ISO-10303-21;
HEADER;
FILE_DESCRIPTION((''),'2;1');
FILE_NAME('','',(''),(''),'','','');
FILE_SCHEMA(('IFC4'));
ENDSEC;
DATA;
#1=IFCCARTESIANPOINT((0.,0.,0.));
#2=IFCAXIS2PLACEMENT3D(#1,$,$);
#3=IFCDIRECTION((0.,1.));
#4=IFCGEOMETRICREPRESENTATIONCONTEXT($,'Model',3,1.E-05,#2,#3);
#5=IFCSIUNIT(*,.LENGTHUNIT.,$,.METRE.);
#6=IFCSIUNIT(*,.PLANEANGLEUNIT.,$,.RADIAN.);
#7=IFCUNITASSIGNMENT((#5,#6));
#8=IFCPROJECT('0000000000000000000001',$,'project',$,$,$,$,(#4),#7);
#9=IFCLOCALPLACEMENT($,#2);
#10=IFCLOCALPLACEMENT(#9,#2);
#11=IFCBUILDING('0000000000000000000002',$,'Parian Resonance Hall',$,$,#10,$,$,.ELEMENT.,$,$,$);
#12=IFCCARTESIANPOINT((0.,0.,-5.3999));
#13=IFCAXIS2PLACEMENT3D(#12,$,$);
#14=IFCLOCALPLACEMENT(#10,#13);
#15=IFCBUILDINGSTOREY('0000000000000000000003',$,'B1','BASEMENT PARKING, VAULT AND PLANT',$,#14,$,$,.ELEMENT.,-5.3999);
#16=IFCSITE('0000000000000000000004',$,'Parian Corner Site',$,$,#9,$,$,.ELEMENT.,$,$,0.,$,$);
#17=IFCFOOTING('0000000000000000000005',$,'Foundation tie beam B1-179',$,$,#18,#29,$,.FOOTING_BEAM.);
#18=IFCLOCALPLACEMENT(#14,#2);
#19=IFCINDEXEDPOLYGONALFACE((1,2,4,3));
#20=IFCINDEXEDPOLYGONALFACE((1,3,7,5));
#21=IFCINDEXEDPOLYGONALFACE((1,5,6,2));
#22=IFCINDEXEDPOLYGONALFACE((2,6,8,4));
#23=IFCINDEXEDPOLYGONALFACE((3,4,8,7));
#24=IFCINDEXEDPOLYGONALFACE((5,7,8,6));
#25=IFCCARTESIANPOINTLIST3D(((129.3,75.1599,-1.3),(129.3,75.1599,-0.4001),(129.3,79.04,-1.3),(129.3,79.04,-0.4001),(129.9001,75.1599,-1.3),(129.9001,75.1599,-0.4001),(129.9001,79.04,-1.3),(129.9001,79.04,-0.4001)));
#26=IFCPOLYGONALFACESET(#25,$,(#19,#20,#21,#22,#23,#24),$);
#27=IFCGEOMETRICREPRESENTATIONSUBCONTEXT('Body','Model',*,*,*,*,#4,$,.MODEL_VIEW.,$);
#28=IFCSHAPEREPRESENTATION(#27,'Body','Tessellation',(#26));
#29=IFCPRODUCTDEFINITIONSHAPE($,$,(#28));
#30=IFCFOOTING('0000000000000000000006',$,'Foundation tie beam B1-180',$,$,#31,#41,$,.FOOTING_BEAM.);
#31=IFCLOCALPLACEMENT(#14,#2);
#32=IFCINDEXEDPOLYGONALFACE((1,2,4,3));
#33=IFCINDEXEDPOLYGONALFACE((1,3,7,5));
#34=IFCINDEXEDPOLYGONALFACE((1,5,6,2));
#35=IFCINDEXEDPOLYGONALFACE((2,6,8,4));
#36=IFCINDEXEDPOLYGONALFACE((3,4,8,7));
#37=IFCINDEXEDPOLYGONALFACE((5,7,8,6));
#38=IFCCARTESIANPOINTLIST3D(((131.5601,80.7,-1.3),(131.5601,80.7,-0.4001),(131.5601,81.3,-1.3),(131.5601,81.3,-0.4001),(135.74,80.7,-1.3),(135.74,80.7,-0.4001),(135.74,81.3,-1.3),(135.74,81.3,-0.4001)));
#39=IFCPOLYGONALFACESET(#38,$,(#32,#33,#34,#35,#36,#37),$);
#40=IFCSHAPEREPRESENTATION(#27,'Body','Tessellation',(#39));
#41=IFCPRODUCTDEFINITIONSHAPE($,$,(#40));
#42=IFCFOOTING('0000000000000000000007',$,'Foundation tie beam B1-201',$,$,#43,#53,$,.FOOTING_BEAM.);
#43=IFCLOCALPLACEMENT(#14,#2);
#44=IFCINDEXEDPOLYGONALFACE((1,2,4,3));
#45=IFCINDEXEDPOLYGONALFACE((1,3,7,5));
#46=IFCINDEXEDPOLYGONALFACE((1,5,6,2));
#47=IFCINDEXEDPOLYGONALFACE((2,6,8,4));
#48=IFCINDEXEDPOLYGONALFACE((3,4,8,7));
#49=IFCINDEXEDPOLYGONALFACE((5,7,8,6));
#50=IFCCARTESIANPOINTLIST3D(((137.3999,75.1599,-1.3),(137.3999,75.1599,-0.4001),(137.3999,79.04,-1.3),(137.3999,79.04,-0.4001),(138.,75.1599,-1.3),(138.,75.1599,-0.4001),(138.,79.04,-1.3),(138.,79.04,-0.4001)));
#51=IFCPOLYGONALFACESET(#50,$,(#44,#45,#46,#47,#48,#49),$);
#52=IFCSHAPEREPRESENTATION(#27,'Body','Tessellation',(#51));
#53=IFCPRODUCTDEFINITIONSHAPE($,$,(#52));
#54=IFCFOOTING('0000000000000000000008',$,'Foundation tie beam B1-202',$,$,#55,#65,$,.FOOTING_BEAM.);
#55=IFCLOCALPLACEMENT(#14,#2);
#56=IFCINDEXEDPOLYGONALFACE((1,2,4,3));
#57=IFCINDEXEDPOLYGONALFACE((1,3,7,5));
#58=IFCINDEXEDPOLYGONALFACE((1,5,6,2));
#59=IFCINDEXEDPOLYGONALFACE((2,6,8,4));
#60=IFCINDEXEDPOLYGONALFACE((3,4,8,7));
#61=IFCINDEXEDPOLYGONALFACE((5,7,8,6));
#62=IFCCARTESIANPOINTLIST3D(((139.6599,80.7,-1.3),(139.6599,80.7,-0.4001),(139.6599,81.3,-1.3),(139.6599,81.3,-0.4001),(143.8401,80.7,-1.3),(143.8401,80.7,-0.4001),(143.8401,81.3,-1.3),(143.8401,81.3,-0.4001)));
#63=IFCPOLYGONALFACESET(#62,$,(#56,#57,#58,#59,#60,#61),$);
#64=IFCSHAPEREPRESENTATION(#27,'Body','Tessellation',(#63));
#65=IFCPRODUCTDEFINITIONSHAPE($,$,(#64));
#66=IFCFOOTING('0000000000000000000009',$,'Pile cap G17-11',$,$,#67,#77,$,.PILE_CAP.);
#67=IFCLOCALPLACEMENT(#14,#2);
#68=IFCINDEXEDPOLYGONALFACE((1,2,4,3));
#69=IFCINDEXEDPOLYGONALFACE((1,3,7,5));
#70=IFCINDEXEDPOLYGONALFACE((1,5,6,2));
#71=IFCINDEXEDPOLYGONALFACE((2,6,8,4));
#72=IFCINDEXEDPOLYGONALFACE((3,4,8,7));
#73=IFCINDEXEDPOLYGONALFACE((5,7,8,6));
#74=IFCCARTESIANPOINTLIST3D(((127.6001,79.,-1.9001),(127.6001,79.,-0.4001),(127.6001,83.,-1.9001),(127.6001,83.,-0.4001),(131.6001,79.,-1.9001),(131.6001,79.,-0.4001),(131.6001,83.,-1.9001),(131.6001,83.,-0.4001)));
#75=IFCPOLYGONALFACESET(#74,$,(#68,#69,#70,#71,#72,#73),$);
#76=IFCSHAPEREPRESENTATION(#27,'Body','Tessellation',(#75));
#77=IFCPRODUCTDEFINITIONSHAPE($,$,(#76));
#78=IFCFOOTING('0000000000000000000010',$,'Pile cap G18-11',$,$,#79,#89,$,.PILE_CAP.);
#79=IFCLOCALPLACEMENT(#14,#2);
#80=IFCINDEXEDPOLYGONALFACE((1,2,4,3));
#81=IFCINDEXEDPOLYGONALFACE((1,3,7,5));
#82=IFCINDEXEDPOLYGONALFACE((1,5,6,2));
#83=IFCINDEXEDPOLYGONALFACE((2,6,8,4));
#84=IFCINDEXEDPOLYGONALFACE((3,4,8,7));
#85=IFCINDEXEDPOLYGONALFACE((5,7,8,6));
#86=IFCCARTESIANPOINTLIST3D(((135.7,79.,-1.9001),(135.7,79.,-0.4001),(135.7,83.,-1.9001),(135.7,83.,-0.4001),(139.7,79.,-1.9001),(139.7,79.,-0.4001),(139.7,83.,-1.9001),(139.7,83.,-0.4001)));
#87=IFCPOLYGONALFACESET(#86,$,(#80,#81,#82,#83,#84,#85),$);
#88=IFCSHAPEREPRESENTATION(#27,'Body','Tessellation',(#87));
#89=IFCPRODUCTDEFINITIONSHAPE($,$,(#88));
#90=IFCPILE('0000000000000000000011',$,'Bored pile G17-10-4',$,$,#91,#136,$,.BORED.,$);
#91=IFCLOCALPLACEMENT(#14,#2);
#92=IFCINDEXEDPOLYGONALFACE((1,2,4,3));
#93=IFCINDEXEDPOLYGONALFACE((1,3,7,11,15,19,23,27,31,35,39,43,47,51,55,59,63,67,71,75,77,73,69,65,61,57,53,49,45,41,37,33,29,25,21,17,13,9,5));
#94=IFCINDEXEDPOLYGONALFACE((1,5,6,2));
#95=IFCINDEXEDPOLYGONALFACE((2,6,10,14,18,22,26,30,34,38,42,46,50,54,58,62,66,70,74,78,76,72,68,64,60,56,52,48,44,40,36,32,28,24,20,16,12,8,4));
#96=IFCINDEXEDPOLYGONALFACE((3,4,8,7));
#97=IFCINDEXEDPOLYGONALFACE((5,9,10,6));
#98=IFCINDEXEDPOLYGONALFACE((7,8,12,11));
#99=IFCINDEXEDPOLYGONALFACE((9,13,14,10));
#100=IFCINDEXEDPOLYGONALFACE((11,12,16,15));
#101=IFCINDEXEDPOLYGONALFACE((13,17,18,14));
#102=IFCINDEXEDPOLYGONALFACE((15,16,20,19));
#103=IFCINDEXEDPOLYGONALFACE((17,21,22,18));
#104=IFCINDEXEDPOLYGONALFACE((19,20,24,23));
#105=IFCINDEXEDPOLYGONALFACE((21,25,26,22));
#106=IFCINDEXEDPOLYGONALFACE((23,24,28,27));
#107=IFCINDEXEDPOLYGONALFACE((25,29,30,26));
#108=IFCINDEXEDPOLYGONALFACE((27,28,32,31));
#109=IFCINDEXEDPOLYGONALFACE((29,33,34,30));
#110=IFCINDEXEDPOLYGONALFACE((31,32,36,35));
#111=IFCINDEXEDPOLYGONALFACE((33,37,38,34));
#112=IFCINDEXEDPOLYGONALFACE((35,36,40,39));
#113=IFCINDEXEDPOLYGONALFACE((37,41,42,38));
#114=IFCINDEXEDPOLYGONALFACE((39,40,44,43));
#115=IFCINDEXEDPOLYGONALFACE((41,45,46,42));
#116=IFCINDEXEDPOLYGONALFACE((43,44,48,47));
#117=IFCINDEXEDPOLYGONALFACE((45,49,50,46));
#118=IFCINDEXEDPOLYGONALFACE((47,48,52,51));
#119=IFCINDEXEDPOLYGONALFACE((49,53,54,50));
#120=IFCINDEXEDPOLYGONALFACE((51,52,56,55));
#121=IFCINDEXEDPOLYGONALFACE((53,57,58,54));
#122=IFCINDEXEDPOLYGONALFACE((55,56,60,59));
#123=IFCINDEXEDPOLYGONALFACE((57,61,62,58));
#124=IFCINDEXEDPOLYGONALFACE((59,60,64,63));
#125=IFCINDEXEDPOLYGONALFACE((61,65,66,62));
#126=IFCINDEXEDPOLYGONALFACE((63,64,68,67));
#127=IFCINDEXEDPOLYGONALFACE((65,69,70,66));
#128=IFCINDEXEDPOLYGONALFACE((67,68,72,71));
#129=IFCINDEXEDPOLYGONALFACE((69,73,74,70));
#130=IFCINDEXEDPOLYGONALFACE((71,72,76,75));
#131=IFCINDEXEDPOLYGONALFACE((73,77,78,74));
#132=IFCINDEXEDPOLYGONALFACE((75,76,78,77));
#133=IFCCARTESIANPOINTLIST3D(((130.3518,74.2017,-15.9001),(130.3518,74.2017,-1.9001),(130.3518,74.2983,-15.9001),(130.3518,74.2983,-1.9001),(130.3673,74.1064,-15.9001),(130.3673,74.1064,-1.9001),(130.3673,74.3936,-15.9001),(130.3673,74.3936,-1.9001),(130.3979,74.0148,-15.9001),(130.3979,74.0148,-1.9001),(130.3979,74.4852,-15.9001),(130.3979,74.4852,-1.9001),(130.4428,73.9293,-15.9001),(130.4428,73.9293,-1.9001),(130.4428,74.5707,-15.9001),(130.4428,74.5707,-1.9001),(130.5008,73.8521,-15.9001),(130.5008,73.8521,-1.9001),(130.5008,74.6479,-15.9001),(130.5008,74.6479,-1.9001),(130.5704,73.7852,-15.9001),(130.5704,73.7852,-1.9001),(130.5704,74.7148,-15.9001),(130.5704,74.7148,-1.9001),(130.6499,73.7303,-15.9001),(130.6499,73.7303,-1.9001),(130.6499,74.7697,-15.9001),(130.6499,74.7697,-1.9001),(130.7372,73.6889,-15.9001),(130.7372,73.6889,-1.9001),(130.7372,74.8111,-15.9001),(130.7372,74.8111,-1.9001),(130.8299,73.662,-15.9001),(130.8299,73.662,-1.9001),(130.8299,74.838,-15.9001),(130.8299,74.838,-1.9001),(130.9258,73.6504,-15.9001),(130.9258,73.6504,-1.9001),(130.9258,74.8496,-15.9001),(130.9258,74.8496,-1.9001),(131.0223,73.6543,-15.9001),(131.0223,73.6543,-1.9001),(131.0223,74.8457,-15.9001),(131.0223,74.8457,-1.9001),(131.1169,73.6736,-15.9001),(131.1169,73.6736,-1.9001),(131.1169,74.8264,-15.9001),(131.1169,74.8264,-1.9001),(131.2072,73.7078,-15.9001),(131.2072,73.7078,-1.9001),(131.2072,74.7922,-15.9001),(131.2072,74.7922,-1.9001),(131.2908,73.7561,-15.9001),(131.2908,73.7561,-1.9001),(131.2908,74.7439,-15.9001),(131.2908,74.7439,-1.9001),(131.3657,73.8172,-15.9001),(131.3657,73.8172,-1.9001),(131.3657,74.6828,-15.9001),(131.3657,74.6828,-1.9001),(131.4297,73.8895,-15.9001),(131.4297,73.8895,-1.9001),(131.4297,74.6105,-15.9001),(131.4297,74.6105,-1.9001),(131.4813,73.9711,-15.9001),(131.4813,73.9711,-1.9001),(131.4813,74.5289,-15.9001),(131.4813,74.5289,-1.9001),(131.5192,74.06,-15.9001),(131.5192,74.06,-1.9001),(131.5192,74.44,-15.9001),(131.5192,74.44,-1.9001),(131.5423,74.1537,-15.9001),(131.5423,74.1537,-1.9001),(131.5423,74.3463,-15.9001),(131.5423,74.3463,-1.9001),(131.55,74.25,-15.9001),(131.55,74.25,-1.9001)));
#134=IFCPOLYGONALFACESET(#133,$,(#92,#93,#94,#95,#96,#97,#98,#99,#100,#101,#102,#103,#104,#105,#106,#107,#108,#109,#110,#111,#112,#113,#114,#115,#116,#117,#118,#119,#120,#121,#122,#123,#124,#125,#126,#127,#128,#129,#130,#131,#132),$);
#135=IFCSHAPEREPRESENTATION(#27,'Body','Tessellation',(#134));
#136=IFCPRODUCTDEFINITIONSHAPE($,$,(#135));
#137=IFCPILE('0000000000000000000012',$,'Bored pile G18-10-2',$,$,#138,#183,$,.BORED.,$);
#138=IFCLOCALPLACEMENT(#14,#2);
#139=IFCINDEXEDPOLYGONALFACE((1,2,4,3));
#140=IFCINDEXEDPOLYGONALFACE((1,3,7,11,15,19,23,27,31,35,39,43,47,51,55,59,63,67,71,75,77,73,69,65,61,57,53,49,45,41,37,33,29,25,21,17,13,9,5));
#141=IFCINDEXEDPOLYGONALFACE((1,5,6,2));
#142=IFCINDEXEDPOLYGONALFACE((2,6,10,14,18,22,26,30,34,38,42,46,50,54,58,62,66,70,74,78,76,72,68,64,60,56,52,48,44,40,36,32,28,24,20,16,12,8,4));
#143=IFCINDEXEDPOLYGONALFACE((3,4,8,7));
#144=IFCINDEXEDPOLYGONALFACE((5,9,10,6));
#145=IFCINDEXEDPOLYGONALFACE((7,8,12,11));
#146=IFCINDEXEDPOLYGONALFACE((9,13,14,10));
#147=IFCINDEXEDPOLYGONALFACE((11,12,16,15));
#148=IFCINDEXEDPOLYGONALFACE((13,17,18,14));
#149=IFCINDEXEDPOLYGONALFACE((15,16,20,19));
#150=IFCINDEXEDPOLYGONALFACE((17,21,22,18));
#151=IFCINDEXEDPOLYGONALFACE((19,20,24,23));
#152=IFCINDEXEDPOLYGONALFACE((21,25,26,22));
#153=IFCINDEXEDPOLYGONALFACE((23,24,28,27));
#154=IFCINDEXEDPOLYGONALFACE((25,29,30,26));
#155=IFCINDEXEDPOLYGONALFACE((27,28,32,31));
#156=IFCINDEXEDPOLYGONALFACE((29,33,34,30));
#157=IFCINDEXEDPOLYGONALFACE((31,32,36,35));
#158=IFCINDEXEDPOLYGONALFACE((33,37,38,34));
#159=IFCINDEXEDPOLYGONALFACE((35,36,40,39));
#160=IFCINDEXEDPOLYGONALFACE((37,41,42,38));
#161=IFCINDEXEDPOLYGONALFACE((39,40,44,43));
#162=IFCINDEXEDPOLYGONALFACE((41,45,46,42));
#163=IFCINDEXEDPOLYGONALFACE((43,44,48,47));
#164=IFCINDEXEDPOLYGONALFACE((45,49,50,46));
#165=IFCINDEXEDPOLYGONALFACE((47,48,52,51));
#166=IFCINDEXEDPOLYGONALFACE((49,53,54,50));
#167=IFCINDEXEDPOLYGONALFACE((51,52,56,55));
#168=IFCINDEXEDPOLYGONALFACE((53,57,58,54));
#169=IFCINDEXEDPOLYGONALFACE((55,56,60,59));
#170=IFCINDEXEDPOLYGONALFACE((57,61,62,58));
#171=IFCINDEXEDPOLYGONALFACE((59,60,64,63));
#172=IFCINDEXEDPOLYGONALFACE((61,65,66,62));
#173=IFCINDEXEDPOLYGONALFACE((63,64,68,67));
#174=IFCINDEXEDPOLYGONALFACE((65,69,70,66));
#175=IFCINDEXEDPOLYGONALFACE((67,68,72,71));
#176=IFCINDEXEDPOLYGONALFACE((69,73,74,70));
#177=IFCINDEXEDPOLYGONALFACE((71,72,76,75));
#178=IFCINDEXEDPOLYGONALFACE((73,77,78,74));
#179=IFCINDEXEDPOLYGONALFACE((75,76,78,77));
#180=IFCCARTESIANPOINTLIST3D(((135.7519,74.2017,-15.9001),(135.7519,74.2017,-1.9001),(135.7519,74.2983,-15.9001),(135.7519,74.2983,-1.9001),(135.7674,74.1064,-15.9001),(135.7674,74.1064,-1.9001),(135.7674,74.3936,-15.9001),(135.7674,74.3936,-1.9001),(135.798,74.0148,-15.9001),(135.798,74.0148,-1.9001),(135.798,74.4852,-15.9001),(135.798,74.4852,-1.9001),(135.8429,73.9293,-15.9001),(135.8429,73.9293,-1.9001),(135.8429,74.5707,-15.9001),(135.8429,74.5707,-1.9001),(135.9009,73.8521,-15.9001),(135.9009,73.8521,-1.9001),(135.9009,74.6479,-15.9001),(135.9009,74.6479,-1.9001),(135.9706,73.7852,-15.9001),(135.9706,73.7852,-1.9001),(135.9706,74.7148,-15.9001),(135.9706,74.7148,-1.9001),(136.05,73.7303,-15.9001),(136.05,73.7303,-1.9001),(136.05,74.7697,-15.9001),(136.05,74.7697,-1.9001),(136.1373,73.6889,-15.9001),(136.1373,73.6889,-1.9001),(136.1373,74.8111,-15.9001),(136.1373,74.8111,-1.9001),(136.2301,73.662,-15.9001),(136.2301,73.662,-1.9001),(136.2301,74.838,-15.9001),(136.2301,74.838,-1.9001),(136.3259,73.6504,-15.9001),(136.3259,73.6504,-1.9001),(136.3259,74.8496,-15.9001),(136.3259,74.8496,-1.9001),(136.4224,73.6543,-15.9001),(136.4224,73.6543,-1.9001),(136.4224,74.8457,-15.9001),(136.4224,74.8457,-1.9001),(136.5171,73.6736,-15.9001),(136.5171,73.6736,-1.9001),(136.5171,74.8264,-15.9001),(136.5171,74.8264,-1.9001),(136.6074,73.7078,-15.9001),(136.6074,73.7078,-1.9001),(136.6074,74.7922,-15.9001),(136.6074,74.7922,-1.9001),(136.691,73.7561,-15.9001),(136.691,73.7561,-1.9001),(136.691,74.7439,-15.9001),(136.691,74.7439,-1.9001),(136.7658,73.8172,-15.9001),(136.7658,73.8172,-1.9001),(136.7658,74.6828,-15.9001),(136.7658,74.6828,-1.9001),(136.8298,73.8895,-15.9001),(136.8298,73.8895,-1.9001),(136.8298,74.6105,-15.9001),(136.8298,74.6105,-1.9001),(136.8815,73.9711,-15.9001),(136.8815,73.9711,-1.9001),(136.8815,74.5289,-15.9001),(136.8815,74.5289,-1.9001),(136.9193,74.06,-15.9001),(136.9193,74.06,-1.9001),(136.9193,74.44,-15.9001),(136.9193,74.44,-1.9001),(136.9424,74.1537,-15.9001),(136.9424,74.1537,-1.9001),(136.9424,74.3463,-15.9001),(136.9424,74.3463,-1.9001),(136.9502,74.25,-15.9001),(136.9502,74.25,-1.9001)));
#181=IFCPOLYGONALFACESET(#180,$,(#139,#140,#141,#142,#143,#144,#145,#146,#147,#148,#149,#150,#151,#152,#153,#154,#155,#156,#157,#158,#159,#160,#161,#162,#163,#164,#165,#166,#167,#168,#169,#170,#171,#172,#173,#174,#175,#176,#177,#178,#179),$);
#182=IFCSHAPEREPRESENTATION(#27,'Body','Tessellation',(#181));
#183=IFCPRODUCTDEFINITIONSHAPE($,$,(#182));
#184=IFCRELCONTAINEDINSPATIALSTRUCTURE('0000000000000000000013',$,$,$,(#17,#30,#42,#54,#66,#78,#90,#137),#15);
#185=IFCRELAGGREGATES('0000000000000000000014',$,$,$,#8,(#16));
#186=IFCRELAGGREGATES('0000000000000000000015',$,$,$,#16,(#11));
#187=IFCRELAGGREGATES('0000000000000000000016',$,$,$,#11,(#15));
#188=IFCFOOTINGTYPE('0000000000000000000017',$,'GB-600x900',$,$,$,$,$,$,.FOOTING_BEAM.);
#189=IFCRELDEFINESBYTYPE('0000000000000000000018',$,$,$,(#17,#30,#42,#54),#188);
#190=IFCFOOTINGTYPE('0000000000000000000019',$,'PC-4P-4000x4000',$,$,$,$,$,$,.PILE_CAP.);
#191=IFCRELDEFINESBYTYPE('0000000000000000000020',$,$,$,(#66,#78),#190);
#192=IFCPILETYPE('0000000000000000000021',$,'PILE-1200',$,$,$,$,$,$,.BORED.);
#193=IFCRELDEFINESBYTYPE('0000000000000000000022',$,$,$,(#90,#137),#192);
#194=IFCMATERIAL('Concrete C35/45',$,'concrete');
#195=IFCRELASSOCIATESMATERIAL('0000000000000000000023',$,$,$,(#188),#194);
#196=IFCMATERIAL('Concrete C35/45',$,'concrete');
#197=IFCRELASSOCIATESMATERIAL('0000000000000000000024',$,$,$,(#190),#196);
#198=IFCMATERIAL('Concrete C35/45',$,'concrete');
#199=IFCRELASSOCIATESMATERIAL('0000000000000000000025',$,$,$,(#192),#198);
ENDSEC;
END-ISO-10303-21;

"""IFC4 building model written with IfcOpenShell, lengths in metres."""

from ifc_helpers import new_model, si_unit, direction, frame, origin, origin_2d, place, context, subcontext, project, spatial, rectangle, circle, extrude, material, material_profile, profile_set, type_object, element, save


model = new_model("IFC4")

# Units and contexts
model_context = context("Model", 3, precision=1e-05, world=origin(), true_north=direction((0.0, 1.0)))
body_context = subcontext(model_context, "Body", "Model", "MODEL_VIEW")
ifc_project = project(units=[si_unit("LENGTHUNIT", "METRE"), si_unit("PLANEANGLEUNIT", "RADIAN")], contexts=[model_context])

# Site, building, storey
site_placement = place(None, origin())
site = spatial("IfcSite", under=ifc_project, at=site_placement, Name="Parian Corner Site", CompositionType="ELEMENT", RefElevation=0.0)
building_placement = place(site_placement, origin())
building = spatial("IfcBuilding", under=site, at=building_placement, Name="Parian Resonance Hall", CompositionType="ELEMENT")
storey_placement = place(building_placement, frame((0.0, 0.0, -5.3999)))
storey = spatial("IfcBuildingStorey", under=building, at=storey_placement, Name="B1", Description="BASEMENT PARKING, VAULT AND PLANT", CompositionType="ELEMENT", Elevation=-5.3999)

# Footings
ifc_material_1 = material(Name="Concrete C35/45", Category="concrete")
ifc_material_profile_1 = material_profile(ifc_material_1, rectangle(XDim=0.6001, YDim=0.8999, at=origin_2d()), Name="RC-GB-600x900")
ifc_profile_set_1 = profile_set([ifc_material_profile_1], Name="Concrete C35/45")
footing_type_1 = type_object("IfcFootingType", Name="GB-600x900", PredefinedType="FOOTING_BEAM", material=ifc_profile_set_1)
footing_1_placement = place(storey_placement, frame((129.6001, 75.1599, -0.8501), z_axis=(0.0, 1.0, 0.0), x_axis=(-1.0, 0.0, 0.0)))
element("IfcFooting", 1, at=footing_1_placement, inside=storey, type_object=footing_type_1, Name="Foundation tie beam B1-179", PredefinedType="FOOTING_BEAM", context=body_context, shape_type="SweptSolid", body=[
    extrude(rectangle(XDim=0.6001, YDim=0.8999, at=origin_2d()), origin(), (0.0, 0.0, 1.0), 3.8801),
])
footing_2_placement = place(storey_placement, frame((131.5601, 81.0, -0.8501), z_axis=(1.0, 0.0, 0.0), x_axis=(0.0, 1.0, 0.0)))
element("IfcFooting", 2, at=footing_2_placement, inside=storey, type_object=footing_type_1, Name="Foundation tie beam B1-180", PredefinedType="FOOTING_BEAM", context=body_context, shape_type="SweptSolid", body=[
    extrude(rectangle(XDim=0.6001, YDim=0.8999, at=origin_2d()), origin(), (0.0, 0.0, 1.0), 4.1799),
])
footing_3_placement = place(storey_placement, frame((137.7, 75.1599, -0.8501), z_axis=(0.0, 1.0, 0.0), x_axis=(-1.0, 0.0, 0.0)))
element("IfcFooting", 3, at=footing_3_placement, inside=storey, type_object=footing_type_1, Name="Foundation tie beam B1-201", PredefinedType="FOOTING_BEAM", context=body_context, shape_type="SweptSolid", body=[
    extrude(rectangle(XDim=0.6001, YDim=0.8999, at=origin_2d()), origin(), (0.0, 0.0, 1.0), 3.8801),
])
footing_4_placement = place(storey_placement, frame((139.6599, 81.0, -0.8501), z_axis=(1.0, 0.0, 0.0), x_axis=(0.0, 1.0, 0.0)))
element("IfcFooting", 4, at=footing_4_placement, inside=storey, type_object=footing_type_1, Name="Foundation tie beam B1-202", PredefinedType="FOOTING_BEAM", context=body_context, shape_type="SweptSolid", body=[
    extrude(rectangle(XDim=0.6001, YDim=0.8999, at=origin_2d()), origin(), (0.0, 0.0, 1.0), 4.1802),
])
ifc_material_2 = material(Name="Concrete C35/45", Category="concrete")
footing_type_2 = type_object("IfcFootingType", Name="PC-4P-4000x4000", PredefinedType="PILE_CAP", material=ifc_material_2)
for number, where, z_axis, x_axis, name in (
    (5, (129.6001, 81.0, -1.9001), (0.0, 0.0, 1.0), (1.0, 0.0, 0.0), "Pile cap G17-11"),
    (6, (137.7, 81.0, -1.9001), (0.0, 0.0, 1.0), (1.0, 0.0, 0.0), "Pile cap G18-11"),
):
    element("IfcFooting", number, at=place(storey_placement, frame(where, z_axis=z_axis, x_axis=x_axis)), inside=storey, type_object=footing_type_2, Name=name, PredefinedType="PILE_CAP", context=body_context, shape_type="SweptSolid", body=[
        extrude(rectangle(XDim=4.0, YDim=4.0, at=origin_2d()), origin(), (0.0, 0.0, 1.0), 1.5),
    ])

# Piles
ifc_material_3 = material(Name="Concrete C35/45", Category="concrete")
ifc_material_profile_2 = material_profile(ifc_material_3, circle(Radius=0.6001, at=origin_2d()), Name="PILE-D1200")
ifc_profile_set_2 = profile_set([ifc_material_profile_2], Name="Concrete C35/45")
pile_type_1 = type_object("IfcPileType", Name="PILE-1200", PredefinedType="BORED", material=ifc_profile_set_2)
for number, where, z_axis, x_axis, name in (
    (7, (130.95, 74.25, -1.9001), (0.0, 0.0, -1.0), (1.0, 0.0, 0.0), "Bored pile G17-10-4"),
    (8, (136.3501, 74.25, -1.9001), (0.0, 0.0, -1.0), (1.0, 0.0, 0.0), "Bored pile G18-10-2"),
):
    element("IfcPile", number, at=place(storey_placement, frame(where, z_axis=z_axis, x_axis=x_axis)), inside=storey, type_object=pile_type_1, Name=name, PredefinedType="BORED", context=body_context, shape_type="SweptSolid", body=[
        extrude(circle(Radius=0.6001, at=origin_2d()), origin(), (0.0, 0.0, 1.0), 14.0),
    ])

save(model, "model.ifc")
